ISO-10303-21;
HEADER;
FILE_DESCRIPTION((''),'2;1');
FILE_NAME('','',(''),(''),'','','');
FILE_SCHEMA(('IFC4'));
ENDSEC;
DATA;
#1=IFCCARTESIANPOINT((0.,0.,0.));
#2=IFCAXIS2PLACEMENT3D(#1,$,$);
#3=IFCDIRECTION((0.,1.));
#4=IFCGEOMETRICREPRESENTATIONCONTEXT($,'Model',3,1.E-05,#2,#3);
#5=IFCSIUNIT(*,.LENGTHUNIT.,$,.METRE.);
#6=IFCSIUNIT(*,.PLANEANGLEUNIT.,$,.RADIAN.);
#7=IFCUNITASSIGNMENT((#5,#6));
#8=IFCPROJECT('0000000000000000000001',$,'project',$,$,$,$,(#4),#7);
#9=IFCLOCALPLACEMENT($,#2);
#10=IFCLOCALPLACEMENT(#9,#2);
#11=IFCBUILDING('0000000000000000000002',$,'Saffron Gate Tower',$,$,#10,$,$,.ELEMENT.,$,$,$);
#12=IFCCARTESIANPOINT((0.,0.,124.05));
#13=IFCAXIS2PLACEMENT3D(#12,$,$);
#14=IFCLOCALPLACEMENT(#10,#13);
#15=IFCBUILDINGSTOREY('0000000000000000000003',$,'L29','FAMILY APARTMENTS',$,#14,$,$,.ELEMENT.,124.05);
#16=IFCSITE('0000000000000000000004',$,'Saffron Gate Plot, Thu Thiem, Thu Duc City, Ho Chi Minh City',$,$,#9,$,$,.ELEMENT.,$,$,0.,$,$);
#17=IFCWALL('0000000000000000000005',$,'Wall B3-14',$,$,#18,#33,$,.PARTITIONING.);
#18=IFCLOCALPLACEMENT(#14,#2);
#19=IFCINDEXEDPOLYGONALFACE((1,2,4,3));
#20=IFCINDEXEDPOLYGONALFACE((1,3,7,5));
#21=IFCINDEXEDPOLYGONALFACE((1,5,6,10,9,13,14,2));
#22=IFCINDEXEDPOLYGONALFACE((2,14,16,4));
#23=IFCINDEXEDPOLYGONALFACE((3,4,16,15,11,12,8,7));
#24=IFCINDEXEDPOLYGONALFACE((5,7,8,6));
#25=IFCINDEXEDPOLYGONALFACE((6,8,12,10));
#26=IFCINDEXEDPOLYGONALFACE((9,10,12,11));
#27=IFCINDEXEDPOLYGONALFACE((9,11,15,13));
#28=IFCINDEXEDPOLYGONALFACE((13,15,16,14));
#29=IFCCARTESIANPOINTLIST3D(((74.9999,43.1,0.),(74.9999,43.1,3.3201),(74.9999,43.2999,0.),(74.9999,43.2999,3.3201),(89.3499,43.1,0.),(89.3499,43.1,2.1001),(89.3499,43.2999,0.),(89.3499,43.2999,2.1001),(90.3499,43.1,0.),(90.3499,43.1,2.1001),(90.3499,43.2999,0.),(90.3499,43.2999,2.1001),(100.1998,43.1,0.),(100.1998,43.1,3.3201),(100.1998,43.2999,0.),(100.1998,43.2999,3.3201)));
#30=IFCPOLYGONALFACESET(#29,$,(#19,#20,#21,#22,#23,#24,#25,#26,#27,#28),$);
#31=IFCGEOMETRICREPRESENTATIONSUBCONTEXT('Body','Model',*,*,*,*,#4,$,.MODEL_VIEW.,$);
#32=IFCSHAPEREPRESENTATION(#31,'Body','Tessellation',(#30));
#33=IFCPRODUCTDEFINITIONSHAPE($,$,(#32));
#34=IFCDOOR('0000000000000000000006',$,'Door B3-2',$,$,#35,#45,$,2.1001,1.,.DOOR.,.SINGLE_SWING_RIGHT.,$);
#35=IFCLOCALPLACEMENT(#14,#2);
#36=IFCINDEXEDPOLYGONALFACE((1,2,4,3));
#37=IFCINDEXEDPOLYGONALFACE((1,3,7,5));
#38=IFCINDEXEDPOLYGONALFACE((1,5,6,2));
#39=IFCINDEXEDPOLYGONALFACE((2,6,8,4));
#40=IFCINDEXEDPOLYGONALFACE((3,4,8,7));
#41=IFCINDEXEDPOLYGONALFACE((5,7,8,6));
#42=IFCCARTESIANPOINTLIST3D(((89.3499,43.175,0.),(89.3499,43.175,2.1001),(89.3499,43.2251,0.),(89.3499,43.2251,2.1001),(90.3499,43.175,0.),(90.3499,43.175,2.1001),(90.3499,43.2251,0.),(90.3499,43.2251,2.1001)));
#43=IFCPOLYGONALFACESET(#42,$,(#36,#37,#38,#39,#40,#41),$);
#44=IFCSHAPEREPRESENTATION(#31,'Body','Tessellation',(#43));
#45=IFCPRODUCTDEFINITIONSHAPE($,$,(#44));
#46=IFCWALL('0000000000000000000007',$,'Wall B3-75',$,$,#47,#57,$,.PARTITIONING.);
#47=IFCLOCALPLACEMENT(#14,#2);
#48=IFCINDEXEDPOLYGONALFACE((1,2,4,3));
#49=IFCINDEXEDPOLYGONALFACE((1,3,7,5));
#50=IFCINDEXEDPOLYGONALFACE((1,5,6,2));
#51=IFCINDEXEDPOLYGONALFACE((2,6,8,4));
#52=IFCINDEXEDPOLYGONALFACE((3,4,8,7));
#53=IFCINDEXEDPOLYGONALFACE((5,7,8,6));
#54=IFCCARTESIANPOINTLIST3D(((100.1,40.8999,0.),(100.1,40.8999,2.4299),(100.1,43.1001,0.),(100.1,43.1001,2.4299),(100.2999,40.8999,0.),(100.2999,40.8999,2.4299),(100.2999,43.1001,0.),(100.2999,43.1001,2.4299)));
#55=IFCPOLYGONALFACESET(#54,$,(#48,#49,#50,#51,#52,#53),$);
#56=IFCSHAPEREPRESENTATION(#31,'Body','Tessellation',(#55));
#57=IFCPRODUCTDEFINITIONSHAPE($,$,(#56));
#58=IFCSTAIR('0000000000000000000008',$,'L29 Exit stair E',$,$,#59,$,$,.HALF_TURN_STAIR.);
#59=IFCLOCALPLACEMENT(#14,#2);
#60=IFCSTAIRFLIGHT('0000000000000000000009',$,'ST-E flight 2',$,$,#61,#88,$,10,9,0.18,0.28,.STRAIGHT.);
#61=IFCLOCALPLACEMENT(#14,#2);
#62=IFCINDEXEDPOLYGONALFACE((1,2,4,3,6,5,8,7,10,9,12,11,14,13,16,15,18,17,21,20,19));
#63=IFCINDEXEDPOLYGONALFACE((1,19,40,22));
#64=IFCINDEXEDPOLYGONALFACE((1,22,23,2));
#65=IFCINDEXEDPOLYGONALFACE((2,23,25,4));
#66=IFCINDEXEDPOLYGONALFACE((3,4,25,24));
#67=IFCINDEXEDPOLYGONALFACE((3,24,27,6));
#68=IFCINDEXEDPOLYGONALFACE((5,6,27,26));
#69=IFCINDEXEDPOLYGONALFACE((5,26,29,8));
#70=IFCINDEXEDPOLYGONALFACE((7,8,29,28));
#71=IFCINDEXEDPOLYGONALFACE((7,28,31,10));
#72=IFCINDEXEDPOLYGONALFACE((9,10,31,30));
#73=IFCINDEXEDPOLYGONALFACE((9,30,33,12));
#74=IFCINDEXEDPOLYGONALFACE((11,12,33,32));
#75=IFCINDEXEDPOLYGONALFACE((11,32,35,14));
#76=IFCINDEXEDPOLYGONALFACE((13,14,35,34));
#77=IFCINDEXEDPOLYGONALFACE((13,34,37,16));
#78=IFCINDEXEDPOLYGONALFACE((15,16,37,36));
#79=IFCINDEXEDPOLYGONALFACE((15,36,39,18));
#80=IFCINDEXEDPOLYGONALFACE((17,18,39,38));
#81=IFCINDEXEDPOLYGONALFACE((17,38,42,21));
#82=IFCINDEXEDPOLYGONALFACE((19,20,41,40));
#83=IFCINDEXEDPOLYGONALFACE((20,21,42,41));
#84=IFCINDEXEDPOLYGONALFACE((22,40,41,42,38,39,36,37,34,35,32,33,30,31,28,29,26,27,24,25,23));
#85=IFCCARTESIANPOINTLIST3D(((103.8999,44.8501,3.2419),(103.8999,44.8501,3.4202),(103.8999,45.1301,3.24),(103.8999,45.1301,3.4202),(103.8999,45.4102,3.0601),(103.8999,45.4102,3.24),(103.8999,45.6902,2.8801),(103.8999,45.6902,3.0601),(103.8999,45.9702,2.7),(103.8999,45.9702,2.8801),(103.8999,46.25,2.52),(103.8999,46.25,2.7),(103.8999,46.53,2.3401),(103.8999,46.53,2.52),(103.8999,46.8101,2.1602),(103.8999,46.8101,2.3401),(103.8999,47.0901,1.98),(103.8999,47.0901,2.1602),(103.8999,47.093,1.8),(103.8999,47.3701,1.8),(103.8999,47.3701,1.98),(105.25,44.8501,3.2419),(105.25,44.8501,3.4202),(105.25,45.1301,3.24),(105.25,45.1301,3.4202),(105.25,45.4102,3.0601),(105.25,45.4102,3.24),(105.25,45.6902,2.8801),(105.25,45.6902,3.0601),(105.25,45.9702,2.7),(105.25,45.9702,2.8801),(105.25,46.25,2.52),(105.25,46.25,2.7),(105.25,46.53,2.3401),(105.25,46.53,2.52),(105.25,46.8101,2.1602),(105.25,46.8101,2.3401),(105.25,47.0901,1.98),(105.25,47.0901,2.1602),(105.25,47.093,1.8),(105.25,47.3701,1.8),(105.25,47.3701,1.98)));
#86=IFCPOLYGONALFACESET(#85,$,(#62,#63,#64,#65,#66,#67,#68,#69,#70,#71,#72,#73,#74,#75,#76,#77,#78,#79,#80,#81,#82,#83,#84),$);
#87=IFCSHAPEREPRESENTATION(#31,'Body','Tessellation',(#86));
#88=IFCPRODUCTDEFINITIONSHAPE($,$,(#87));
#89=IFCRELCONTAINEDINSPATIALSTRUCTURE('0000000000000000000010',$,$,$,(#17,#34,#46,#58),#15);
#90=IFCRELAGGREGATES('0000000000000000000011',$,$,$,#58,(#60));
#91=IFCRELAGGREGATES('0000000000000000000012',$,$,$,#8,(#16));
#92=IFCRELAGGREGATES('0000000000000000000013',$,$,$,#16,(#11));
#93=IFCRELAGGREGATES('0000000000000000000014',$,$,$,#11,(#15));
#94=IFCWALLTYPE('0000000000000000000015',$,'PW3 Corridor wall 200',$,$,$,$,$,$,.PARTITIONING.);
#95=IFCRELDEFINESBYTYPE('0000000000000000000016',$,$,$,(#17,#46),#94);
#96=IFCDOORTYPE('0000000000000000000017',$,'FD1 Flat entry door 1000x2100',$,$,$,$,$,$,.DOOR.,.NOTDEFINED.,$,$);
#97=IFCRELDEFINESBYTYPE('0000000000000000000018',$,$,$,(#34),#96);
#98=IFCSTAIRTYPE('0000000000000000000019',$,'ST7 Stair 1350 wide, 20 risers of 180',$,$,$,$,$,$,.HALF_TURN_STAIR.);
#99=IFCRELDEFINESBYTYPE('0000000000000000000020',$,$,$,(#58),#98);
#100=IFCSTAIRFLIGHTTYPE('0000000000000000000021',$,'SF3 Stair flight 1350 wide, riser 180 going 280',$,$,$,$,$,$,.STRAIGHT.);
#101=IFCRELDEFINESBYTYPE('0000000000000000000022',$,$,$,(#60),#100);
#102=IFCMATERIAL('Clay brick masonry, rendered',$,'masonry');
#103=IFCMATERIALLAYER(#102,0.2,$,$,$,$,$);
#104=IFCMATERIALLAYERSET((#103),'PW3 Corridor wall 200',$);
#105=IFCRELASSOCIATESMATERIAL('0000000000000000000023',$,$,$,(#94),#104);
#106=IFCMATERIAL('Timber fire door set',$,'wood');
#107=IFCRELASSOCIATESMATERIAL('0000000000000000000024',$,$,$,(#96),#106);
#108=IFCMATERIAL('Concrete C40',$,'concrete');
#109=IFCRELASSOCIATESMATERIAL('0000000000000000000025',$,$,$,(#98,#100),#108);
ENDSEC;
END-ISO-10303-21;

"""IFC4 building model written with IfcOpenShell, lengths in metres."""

from ifc_helpers import new_model, si_unit, direction, frame, frame_2d, origin, place, context, subcontext, project, spatial, polyline, rectangle, outline, extrude, material, layer, layer_set, type_object, element, fill, aggregate, save


model = new_model("IFC4")

# Units and contexts
model_context = context("Model", 3, precision=1e-05, world=origin(), true_north=direction((0.0, 1.0)))
body_context = subcontext(model_context, "Body", "Model", "MODEL_VIEW")
ifc_project = project(units=[si_unit("LENGTHUNIT", "METRE"), si_unit("PLANEANGLEUNIT", "RADIAN")], contexts=[model_context])

# Site, building, storey
site_placement = place(None, origin())
site = spatial("IfcSite", under=ifc_project, at=site_placement, Name="Saffron Gate Plot, Thu Thiem, Thu Duc City, Ho Chi Minh City", CompositionType="ELEMENT", RefElevation=0.0)
building_placement = place(site_placement, origin())
building = spatial("IfcBuilding", under=site, at=building_placement, Name="Saffron Gate Tower", CompositionType="ELEMENT")
storey_placement = place(building_placement, frame((0.0, 0.0, 124.05)))
storey = spatial("IfcBuildingStorey", under=building, at=storey_placement, Name="L29", Description="FAMILY APARTMENTS", CompositionType="ELEMENT", Elevation=124.05)

# Shared definitions
ifc_material_1 = material(Name="Clay brick masonry, rendered", Category="masonry")

# Wall, opening, door
ifc_layer_1 = layer(ifc_material_1, 0.2)
ifc_layer_set_1 = layer_set([ifc_layer_1], Name="PW3 Corridor wall 200")
wall_type_1 = type_object("IfcWallType", Name="PW3 Corridor wall 200", PredefinedType="PARTITIONING", material=ifc_layer_set_1)
wall_1_placement = place(storey_placement, frame((100.2, 43.2, 0.0), z_axis=(0.0, 0.0, 1.0), x_axis=(-1.0, 0.0, 0.0)))
wall_1 = element("IfcWall", 1, at=wall_1_placement, inside=storey, type_object=wall_type_1, Name="Wall B3-14", PredefinedType="PARTITIONING", context=body_context, shape_type="SweptSolid", body=[
    extrude(rectangle(XDim=25.2, YDim=0.2, at=frame_2d((12.6001, 0.0))), origin(), (0.0, 0.0, 1.0), 3.3201),
])
opening_1_placement = place(wall_1_placement, frame((9.8501, 0.0, 0.0)))
opening_1 = element("IfcOpeningElement", 2, at=opening_1_placement, cuts=wall_1, PredefinedType="OPENING", context=body_context, shape_type="SweptSolid", body=[
    extrude(rectangle(XDim=1.0, YDim=2.1001, at=frame_2d((0.5, 1.05))), frame((0.0, 0.1099, 0.0), z_axis=(0.0, -1.0, 0.0), x_axis=(1.0, 0.0, 0.0)), (0.0, 0.0, 1.0), 0.22),
])
ifc_material_2 = material(Name="Timber fire door set", Category="wood")
door_type_1 = type_object("IfcDoorType", Name="FD1 Flat entry door 1000x2100", OperationType="NOTDEFINED", PredefinedType="DOOR", material=ifc_material_2)
door_1_placement = place(opening_1_placement, origin())
door_1 = element("IfcDoor", 3, at=door_1_placement, inside=storey, type_object=door_type_1, Name="Door B3-2", OperationType="SINGLE_SWING_RIGHT", OverallHeight=2.1001, OverallWidth=1.0, PredefinedType="DOOR", context=body_context, shape_type="SweptSolid", body=[
    extrude(rectangle(XDim=1.0, YDim=2.1001, at=frame_2d((0.5, 1.05))), frame((0.0, 0.0249, 0.0), z_axis=(0.0, -1.0, 0.0), x_axis=(1.0, 0.0, 0.0)), (0.0, 0.0, 1.0), 0.05),
])
fill(opening_1, door_1)

# Wall
wall_2_placement = place(storey_placement, frame((100.2, 43.1001, 0.0), z_axis=(0.0, 0.0, 1.0), x_axis=(0.0, -1.0, 0.0)))
element("IfcWall", 4, at=wall_2_placement, inside=storey, type_object=wall_type_1, Name="Wall B3-75", PredefinedType="PARTITIONING", context=body_context, shape_type="SweptSolid", body=[
    extrude(rectangle(XDim=2.2002, YDim=0.2, at=frame_2d((1.1001, 0.0))), origin(), (0.0, 0.0, 1.0), 2.4299),
])

# Stair, stair flight
ifc_material_3 = material(Name="Concrete C40", Category="concrete")
stair_type = type_object("IfcStairType", Name="ST7 Stair 1350 wide, 20 risers of 180", PredefinedType="HALF_TURN_STAIR", material=ifc_material_3)
stair_placement = place(storey_placement, origin())
stair = element("IfcStair", 5, at=stair_placement, inside=storey, type_object=stair_type, Name="L29 Exit stair E", PredefinedType="HALF_TURN_STAIR")
stair_flight_type = type_object("IfcStairFlightType", Name="SF3 Stair flight 1350 wide, riser 180 going 280", PredefinedType="STRAIGHT", material=ifc_material_3)
stair_flight_placement = place(storey_placement, frame((104.575, 47.3701, 1.8), z_axis=(0.0, 0.0, 1.0), x_axis=(0.0, -1.0, 0.0)))
stair_flight = element("IfcStairFlight", 6, at=stair_flight_placement, type_object=stair_flight_type, Name="ST-E flight 2", NumberOfRisers=10, NumberOfTreads=9, PredefinedType="STRAIGHT", RiserHeight=0.18, TreadLength=0.28, context=body_context, shape_type="SweptSolid", body=[
    extrude(outline(polyline([(0.0, 0.0), (0.0, 0.1799), (0.28, 0.1799), (0.28, 0.3601), (0.5601, 0.3601), (0.5601, 0.54), (0.8401, 0.54), (0.8401, 0.72), (1.1201, 0.72), (1.1201, 0.8999), (1.3999, 0.8999), (1.3999, 1.0801), (1.6799, 1.0801), (1.6799, 1.26), (1.96, 1.26), (1.96, 1.4399), (2.24, 1.4399), (2.24, 1.6201), (2.52, 1.6201), (2.52, 1.8), (2.52, 1.4419), (0.2771, 0.0), (0.0, 0.0)])), frame((0.0, 0.675, 0.0), z_axis=(0.0, -1.0, 0.0), x_axis=(1.0, 0.0, 0.0)), (0.0, 0.0, 1.0), 1.3501),
])
aggregate(stair, [stair_flight])

save(model, "model.ifc")
